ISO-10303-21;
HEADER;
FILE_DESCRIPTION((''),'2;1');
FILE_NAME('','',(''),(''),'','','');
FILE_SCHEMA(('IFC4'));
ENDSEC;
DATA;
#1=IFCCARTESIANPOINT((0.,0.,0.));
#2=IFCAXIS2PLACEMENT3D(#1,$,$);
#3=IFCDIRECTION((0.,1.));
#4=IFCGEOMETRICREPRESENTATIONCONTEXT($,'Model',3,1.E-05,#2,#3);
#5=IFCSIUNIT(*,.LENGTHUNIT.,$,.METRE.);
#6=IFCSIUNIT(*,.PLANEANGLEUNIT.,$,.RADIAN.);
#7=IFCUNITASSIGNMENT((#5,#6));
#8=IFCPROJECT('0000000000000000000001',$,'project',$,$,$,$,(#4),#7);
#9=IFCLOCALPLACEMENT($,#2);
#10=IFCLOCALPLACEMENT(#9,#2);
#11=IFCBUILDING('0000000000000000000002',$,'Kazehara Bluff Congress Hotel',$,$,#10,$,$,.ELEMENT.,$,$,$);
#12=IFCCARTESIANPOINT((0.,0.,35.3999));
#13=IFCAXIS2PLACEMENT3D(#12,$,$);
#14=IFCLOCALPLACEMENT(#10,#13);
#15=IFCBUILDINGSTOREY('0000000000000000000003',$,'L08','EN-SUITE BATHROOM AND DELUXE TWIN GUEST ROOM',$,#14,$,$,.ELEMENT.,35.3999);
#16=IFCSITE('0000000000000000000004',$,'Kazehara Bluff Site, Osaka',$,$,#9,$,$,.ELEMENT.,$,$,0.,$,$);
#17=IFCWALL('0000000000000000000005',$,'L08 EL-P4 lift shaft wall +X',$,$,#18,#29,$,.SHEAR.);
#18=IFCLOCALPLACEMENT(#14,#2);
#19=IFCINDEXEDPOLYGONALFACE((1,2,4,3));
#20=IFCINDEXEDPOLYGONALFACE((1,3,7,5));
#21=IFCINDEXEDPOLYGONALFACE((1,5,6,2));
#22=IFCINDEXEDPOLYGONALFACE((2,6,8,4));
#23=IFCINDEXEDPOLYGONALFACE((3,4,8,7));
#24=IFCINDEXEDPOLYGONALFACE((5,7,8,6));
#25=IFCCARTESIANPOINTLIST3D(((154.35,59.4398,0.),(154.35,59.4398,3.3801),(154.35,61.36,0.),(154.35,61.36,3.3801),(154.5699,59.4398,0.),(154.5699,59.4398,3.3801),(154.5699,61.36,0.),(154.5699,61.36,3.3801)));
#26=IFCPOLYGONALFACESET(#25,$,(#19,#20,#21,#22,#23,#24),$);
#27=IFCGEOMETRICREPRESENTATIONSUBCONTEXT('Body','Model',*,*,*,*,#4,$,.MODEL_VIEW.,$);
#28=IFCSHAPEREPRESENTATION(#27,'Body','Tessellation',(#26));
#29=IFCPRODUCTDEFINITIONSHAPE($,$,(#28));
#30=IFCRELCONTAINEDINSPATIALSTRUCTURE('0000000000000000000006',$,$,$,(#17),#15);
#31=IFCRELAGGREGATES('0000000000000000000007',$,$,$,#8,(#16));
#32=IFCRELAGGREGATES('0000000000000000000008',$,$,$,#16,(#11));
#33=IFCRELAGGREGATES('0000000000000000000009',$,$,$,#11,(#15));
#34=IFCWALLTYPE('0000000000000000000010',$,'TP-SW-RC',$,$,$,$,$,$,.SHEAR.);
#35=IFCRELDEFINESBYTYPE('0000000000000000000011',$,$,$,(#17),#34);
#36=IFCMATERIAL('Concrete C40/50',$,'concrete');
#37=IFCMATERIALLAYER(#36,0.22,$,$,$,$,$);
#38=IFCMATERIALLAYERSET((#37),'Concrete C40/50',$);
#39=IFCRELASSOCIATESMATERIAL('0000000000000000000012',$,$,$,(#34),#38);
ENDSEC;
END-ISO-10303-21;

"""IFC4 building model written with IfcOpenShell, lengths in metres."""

from ifc_helpers import new_model, si_unit, direction, frame, frame_2d, origin, place, context, subcontext, project, spatial, rectangle, extrude, material, layer, layer_set, type_object, element, save


model = new_model("IFC4")

# Units and contexts
model_context = context("Model", 3, precision=1e-05, world=origin(), true_north=direction((0.0, 1.0)))
body_context = subcontext(model_context, "Body", "Model", "MODEL_VIEW")
ifc_project = project(units=[si_unit("LENGTHUNIT", "METRE"), si_unit("PLANEANGLEUNIT", "RADIAN")], contexts=[model_context])

# Site, building, storey
site_placement = place(None, origin())
site = spatial("IfcSite", under=ifc_project, at=site_placement, Name="Kazehara Bluff Site, Osaka", CompositionType="ELEMENT", RefElevation=0.0)
building_placement = place(site_placement, origin())
building = spatial("IfcBuilding", under=site, at=building_placement, Name="Kazehara Bluff Congress Hotel", CompositionType="ELEMENT")
storey_placement = place(building_placement, frame((0.0, 0.0, 35.3999)))
storey = spatial("IfcBuildingStorey", under=building, at=storey_placement, Name="L08", Description="EN-SUITE BATHROOM AND DELUXE TWIN GUEST ROOM", CompositionType="ELEMENT", Elevation=35.3999)

# Wall
ifc_material_1 = material(Name="Concrete C40/50", Category="concrete")
ifc_layer_1 = layer(ifc_material_1, 0.22)
ifc_layer_set_1 = layer_set([ifc_layer_1], Name="Concrete C40/50")
wall_type_1 = type_object("IfcWallType", Name="TP-SW-RC", PredefinedType="SHEAR", material=ifc_layer_set_1)
wall_1_placement = place(storey_placement, frame((154.46, 59.4399, 0.0), z_axis=(0.0, 0.0, 1.0), x_axis=(0.0, 1.0, 0.0)))
element("IfcWall", 1, at=wall_1_placement, inside=storey, type_object=wall_type_1, Name="L08 EL-P4 lift shaft wall +X", PredefinedType="SHEAR", context=body_context, shape_type="SweptSolid", body=[
    extrude(rectangle(XDim=1.9202, YDim=0.22, at=frame_2d((0.96, 0.0))), origin(), (0.0, 0.0, 1.0), 3.3801),
])

save(model, "model.ifc")
